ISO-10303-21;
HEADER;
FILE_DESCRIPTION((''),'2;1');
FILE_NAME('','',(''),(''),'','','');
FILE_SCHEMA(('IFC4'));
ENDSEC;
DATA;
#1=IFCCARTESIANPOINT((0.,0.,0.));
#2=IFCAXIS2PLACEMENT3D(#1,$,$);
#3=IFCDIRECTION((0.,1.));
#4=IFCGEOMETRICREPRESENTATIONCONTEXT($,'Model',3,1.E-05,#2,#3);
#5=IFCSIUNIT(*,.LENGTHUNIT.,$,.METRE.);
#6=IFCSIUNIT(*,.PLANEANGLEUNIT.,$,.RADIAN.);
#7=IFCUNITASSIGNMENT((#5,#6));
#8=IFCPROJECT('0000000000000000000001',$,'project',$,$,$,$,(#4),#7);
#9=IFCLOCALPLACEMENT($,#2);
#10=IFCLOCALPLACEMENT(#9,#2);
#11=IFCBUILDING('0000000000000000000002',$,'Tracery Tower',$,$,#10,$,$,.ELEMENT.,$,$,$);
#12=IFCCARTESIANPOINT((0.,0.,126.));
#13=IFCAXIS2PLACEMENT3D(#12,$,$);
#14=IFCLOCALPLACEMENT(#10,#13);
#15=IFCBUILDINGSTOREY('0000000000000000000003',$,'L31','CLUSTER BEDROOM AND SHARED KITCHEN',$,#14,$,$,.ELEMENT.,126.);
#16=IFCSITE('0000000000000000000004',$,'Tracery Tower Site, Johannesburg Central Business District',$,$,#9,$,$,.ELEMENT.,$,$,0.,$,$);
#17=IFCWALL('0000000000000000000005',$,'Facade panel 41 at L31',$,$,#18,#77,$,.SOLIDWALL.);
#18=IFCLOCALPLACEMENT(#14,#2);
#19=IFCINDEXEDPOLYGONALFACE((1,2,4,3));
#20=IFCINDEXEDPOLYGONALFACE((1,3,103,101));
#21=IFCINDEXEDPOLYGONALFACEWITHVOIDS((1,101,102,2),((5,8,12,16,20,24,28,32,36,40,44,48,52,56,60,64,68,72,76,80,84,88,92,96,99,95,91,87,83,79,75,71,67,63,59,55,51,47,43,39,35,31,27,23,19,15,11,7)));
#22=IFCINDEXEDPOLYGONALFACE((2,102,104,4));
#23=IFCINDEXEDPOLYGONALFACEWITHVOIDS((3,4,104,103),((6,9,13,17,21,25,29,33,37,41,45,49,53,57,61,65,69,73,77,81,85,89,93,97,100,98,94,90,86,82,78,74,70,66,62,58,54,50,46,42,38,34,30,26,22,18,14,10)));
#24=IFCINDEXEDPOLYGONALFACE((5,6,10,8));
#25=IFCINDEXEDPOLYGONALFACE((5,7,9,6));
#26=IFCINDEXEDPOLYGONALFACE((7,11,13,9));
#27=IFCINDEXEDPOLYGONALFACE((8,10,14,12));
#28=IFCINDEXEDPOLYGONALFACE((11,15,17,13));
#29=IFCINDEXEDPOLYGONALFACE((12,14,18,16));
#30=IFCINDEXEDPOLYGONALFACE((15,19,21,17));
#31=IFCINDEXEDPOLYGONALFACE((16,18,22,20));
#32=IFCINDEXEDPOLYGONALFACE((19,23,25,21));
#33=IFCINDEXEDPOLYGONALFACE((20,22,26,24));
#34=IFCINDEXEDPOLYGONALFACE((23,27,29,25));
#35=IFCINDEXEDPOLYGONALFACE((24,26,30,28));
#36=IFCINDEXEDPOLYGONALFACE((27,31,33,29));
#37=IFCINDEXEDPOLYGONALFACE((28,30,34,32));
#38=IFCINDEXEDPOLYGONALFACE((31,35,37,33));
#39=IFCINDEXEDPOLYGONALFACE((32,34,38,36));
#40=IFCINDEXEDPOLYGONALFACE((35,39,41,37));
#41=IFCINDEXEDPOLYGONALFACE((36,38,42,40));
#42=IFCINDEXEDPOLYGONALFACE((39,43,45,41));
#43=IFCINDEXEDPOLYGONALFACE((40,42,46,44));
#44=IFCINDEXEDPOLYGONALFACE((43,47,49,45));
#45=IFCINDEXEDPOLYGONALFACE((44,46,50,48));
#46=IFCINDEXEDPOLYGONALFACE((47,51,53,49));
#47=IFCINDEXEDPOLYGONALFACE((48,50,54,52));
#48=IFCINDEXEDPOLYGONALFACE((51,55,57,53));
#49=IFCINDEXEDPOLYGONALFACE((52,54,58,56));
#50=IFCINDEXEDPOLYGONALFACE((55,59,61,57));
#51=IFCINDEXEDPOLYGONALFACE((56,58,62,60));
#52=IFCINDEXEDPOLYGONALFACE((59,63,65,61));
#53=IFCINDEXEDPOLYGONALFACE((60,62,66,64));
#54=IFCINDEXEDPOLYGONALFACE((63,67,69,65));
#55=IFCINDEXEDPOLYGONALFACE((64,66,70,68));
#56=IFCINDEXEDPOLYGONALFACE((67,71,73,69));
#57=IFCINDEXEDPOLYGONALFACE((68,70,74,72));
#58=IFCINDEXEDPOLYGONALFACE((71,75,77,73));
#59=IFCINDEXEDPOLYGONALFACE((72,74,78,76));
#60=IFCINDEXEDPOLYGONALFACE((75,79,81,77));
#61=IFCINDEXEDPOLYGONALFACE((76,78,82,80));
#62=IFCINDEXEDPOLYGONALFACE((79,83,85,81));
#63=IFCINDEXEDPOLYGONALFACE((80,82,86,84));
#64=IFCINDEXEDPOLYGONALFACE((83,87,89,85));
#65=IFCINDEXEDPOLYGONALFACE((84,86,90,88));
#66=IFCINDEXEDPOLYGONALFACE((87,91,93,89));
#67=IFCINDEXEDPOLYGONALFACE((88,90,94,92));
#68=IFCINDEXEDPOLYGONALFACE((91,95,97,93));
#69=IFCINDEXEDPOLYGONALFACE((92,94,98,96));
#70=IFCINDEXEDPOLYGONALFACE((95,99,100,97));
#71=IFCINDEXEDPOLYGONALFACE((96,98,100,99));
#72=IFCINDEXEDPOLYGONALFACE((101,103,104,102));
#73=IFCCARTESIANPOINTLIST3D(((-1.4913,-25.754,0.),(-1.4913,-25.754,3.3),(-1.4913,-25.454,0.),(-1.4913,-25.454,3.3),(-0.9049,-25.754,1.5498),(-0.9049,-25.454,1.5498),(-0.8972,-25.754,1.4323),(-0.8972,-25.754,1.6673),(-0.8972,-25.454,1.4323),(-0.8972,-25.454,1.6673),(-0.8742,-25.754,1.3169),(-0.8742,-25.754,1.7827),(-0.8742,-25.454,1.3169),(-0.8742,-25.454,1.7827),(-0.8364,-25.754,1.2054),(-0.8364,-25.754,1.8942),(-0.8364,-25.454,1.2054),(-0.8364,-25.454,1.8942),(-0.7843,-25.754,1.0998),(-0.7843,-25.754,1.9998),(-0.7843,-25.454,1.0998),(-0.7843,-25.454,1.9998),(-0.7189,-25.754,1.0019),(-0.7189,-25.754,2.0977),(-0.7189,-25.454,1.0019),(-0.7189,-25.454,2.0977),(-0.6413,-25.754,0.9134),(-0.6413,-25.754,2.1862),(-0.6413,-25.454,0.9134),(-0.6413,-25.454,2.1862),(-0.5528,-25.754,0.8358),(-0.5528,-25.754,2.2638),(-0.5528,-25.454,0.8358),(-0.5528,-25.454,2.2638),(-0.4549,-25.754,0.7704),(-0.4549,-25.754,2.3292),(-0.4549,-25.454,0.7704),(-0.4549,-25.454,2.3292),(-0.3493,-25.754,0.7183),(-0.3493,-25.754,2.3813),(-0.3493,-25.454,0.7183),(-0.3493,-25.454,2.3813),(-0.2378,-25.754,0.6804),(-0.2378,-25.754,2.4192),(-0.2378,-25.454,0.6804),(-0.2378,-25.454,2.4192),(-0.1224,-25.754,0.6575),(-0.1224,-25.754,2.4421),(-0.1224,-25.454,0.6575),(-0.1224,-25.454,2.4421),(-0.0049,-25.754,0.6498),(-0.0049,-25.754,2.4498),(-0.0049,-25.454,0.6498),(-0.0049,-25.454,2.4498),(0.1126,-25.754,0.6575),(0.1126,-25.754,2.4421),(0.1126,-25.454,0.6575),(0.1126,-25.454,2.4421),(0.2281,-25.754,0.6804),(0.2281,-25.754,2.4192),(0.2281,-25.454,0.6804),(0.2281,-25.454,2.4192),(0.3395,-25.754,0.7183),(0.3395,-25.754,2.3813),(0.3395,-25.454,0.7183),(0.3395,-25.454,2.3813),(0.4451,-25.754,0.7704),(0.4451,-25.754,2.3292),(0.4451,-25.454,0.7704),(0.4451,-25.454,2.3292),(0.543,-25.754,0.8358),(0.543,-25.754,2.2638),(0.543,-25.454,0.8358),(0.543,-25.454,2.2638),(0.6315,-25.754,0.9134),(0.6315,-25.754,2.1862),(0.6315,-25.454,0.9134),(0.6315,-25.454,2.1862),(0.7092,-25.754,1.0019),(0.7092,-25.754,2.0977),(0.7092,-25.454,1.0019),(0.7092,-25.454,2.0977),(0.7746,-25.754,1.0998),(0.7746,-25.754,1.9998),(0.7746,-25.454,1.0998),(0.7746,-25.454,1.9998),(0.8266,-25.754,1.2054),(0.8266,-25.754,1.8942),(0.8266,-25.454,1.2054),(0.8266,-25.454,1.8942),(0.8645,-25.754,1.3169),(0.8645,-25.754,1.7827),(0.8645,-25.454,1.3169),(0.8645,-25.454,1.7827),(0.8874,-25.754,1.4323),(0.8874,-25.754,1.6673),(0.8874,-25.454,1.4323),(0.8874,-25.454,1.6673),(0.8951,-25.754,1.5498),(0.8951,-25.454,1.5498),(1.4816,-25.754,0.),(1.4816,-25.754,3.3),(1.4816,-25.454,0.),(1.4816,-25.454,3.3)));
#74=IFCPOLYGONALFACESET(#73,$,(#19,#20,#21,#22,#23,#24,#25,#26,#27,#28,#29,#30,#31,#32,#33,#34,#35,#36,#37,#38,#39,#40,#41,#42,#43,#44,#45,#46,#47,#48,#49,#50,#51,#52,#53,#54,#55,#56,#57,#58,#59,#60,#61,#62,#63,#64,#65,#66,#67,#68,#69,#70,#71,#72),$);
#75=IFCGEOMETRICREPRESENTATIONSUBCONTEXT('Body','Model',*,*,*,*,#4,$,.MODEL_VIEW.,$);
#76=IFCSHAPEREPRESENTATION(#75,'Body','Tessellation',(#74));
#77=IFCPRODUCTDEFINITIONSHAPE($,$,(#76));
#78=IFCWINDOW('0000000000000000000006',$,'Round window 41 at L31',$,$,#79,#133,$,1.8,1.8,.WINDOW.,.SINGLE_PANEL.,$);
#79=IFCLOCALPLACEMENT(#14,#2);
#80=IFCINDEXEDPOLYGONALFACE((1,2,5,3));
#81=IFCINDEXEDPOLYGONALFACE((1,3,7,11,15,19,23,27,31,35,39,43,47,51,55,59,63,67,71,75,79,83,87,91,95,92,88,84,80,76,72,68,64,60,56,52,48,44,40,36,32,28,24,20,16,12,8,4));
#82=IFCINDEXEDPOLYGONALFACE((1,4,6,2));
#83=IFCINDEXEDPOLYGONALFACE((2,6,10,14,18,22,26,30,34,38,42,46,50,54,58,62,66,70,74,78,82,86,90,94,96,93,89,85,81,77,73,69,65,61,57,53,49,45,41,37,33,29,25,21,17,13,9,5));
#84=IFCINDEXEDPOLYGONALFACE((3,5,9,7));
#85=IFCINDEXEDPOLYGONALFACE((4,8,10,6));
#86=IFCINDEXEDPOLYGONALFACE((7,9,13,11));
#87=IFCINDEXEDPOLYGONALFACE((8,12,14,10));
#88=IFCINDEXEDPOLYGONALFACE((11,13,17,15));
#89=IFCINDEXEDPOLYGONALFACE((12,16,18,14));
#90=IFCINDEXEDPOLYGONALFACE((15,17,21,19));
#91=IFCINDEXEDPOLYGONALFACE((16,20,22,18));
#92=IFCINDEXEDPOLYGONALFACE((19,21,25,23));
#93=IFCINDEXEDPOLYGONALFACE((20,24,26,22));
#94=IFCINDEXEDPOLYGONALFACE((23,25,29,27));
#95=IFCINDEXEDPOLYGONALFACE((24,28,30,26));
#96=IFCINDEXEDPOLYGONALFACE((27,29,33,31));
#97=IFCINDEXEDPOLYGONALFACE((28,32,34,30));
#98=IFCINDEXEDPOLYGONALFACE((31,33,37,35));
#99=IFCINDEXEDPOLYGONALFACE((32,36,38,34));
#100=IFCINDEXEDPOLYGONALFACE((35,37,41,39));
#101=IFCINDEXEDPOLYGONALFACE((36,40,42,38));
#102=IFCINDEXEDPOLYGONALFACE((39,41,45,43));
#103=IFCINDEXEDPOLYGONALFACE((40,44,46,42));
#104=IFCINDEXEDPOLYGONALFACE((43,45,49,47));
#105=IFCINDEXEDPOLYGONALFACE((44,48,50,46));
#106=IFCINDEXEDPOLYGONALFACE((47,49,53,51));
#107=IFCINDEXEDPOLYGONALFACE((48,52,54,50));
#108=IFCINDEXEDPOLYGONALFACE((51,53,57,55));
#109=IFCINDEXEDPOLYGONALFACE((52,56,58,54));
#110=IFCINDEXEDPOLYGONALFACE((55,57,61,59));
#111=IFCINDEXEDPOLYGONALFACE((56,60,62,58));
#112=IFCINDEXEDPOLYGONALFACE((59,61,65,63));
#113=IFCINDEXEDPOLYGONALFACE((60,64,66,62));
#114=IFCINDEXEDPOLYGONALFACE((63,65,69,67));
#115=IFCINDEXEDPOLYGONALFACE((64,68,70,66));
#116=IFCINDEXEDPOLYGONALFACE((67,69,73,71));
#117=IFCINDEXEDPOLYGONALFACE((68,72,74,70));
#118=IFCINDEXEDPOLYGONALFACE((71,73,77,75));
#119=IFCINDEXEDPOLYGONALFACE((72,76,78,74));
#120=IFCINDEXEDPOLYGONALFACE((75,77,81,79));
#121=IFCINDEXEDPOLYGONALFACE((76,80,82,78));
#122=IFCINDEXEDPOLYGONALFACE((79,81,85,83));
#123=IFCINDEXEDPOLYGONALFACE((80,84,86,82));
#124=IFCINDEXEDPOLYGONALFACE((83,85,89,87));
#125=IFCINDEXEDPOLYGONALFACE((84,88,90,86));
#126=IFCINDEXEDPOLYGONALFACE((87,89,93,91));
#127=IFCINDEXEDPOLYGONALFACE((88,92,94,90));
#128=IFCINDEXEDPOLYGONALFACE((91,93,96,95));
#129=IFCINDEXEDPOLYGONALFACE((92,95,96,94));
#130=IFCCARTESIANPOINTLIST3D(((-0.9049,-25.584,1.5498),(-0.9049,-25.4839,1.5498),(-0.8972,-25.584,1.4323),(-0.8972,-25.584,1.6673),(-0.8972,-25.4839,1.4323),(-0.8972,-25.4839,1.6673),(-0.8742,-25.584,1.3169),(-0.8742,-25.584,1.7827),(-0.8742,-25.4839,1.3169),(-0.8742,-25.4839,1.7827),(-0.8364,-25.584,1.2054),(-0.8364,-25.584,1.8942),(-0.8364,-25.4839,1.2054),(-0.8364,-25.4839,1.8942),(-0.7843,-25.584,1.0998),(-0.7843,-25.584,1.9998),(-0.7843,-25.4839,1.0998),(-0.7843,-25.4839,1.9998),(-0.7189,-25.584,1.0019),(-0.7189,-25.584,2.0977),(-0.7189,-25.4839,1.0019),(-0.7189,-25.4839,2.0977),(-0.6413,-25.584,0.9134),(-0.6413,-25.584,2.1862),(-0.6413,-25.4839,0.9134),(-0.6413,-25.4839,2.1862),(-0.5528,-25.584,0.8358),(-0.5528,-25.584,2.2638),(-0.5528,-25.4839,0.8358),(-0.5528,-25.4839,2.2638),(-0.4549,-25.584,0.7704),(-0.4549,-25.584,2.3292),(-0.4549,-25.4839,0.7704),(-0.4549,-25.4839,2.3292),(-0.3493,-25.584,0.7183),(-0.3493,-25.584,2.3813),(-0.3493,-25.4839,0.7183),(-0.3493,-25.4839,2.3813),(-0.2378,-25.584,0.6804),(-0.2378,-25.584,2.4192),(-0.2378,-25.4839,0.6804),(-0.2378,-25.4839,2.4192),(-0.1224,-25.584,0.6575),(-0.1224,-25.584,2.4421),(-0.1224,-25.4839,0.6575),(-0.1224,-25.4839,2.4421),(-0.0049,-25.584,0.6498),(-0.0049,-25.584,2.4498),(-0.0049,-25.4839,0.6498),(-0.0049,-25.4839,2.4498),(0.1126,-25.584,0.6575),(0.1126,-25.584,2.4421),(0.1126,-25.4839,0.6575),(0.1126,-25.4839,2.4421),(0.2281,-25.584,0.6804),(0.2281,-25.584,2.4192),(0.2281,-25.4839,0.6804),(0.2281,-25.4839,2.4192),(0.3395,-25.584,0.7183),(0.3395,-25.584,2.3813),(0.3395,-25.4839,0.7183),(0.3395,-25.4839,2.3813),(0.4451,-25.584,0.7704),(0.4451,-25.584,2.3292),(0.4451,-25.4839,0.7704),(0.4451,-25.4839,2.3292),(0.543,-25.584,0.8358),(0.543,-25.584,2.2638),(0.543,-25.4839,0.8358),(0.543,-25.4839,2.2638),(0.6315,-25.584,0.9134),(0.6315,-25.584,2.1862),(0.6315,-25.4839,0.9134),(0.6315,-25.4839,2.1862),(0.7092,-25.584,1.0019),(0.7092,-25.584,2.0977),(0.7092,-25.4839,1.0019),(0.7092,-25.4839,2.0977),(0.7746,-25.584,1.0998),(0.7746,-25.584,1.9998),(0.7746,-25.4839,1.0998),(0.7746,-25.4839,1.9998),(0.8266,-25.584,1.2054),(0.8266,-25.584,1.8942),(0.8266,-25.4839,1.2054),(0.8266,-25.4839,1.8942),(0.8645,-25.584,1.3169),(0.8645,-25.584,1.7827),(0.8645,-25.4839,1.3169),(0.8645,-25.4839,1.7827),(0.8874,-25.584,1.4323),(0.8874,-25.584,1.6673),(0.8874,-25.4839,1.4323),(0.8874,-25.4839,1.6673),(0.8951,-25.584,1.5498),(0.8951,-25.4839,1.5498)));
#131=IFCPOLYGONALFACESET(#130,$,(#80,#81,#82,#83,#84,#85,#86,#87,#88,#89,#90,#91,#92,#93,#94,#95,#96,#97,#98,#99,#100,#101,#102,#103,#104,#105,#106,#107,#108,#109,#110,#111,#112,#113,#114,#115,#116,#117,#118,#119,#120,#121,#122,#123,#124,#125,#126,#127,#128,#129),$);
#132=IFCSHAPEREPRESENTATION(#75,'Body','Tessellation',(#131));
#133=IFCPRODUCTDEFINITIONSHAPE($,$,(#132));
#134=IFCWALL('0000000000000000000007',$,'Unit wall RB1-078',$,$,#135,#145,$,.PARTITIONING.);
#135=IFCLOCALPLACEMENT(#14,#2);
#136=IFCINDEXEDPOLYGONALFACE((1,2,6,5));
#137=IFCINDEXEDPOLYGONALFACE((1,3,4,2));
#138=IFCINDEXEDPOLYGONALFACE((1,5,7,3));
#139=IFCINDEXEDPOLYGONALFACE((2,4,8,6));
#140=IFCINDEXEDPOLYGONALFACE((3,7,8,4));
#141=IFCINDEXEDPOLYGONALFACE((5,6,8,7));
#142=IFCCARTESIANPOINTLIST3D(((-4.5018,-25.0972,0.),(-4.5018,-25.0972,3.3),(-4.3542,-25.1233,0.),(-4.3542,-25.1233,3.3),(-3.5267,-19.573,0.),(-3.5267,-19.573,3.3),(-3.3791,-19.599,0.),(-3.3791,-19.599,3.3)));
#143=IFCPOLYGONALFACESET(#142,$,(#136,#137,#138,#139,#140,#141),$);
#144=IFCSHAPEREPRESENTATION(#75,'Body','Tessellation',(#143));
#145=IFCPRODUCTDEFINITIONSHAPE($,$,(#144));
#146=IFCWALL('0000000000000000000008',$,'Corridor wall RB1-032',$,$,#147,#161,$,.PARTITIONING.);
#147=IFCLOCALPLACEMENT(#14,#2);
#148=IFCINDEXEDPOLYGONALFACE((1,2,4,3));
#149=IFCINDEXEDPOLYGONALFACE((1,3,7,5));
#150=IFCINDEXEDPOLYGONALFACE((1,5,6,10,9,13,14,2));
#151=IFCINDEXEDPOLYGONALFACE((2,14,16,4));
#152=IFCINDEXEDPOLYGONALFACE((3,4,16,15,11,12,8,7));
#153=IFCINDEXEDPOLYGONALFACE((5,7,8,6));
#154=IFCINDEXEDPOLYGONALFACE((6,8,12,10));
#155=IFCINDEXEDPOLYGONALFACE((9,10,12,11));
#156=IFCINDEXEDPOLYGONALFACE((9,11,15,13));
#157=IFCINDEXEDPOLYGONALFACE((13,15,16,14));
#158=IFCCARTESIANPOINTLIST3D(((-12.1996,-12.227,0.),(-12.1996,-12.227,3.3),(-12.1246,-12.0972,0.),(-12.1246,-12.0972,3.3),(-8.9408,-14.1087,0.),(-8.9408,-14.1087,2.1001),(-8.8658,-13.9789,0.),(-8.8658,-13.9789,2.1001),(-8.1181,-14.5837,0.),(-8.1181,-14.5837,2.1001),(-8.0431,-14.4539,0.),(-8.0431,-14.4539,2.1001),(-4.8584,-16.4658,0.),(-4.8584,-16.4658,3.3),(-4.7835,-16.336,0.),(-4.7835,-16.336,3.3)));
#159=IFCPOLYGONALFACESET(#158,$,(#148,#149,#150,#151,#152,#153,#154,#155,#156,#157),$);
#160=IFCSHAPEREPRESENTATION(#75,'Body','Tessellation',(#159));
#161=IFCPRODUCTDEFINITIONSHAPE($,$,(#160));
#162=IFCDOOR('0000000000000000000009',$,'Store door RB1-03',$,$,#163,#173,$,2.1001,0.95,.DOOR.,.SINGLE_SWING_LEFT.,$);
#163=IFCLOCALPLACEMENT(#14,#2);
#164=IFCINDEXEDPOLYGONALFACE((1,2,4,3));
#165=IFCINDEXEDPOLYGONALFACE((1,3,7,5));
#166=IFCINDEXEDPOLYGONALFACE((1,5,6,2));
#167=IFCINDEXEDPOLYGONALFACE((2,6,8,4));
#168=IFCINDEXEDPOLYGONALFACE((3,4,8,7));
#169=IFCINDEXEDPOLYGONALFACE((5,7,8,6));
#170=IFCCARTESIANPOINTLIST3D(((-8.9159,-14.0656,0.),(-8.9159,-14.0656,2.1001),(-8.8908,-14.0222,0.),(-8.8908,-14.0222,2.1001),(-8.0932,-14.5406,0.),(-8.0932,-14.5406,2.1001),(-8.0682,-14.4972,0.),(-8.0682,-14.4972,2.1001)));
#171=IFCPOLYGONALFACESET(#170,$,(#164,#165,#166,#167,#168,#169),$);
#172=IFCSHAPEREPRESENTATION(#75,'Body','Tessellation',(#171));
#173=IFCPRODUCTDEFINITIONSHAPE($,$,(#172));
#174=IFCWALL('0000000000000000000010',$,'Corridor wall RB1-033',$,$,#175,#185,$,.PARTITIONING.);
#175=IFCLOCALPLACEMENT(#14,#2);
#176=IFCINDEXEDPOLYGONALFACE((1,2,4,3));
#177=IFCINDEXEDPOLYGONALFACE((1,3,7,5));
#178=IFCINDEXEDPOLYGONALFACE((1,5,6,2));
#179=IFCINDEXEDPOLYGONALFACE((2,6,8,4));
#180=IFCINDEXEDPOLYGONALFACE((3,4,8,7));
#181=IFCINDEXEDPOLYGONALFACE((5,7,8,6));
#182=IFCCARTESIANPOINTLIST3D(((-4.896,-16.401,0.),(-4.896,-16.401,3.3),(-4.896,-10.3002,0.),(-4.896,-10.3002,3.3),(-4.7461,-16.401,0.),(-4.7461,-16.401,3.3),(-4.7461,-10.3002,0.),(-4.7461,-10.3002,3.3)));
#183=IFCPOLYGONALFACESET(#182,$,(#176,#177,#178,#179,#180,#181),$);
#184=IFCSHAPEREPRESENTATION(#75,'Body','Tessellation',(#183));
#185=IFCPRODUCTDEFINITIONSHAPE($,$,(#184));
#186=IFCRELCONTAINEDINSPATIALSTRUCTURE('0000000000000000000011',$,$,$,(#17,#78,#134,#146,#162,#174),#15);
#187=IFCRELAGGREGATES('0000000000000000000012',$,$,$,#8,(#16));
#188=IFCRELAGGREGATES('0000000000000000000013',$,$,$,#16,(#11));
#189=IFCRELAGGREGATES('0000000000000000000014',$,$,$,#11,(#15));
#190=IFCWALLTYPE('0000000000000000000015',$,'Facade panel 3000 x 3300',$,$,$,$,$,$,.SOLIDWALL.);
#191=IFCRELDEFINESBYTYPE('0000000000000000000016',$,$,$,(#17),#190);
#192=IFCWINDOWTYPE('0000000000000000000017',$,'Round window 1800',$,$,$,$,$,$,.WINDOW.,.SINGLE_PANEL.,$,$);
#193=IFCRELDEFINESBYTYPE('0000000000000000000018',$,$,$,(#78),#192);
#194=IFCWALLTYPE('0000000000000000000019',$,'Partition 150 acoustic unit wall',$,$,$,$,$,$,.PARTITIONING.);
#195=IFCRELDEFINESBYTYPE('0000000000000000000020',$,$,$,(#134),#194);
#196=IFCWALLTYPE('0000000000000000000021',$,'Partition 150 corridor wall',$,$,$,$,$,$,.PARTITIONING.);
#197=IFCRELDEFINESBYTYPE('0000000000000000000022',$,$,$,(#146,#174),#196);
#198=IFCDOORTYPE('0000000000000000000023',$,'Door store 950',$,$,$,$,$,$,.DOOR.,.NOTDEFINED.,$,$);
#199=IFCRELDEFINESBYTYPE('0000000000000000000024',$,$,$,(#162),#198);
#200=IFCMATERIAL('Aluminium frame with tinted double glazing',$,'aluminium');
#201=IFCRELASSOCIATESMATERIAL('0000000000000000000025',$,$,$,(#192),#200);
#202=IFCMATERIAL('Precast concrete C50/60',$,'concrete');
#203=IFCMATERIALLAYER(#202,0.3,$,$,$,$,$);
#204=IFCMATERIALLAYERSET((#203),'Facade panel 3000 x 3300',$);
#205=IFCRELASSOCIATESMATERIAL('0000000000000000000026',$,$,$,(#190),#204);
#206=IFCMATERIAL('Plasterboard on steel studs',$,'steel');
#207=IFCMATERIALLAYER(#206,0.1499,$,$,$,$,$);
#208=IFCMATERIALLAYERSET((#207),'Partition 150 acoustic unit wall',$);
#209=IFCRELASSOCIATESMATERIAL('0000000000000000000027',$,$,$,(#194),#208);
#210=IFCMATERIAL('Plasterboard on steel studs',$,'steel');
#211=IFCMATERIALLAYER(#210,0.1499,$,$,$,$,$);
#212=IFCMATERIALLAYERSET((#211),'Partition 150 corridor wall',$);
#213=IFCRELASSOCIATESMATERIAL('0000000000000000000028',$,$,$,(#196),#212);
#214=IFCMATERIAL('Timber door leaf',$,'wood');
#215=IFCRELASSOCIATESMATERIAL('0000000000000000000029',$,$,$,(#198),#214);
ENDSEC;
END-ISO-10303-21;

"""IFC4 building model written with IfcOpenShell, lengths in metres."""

from ifc_helpers import new_model, si_unit, direction, frame, frame_2d, origin, origin_2d, place, context, subcontext, project, spatial, rectangle, circle, extrude, material, layer, layer_set, type_object, element, fill, save


model = new_model("IFC4")

# Units and contexts
model_context = context("Model", 3, precision=1e-05, world=origin(), true_north=direction((0.0, 1.0)))
body_context = subcontext(model_context, "Body", "Model", "MODEL_VIEW")
ifc_project = project(units=[si_unit("LENGTHUNIT", "METRE"), si_unit("PLANEANGLEUNIT", "RADIAN")], contexts=[model_context])

# Site, building, storey
site_placement = place(None, origin())
site = spatial("IfcSite", under=ifc_project, at=site_placement, Name="Tracery Tower Site, Johannesburg Central Business District", CompositionType="ELEMENT", RefElevation=0.0)
building_placement = place(site_placement, origin())
building = spatial("IfcBuilding", under=site, at=building_placement, Name="Tracery Tower", CompositionType="ELEMENT")
storey_placement = place(building_placement, frame((0.0, 0.0, 126.0)))
storey = spatial("IfcBuildingStorey", under=building, at=storey_placement, Name="L31", Description="CLUSTER BEDROOM AND SHARED KITCHEN", CompositionType="ELEMENT", Elevation=126.0)

# Wall, opening, window
ifc_material_1 = material(Name="Aluminium frame with tinted double glazing", Category="aluminium")
window_type = type_object("IfcWindowType", Name="Round window 1800", PartitioningType="SINGLE_PANEL", PredefinedType="WINDOW", material=ifc_material_1)
ifc_material_2 = material(Name="Precast concrete C50/60", Category="concrete")
ifc_layer_1 = layer(ifc_material_2, 0.3)
ifc_layer_set_1 = layer_set([ifc_layer_1], Name="Facade panel 3000 x 3300")
wall_type_1 = type_object("IfcWallType", Name="Facade panel 3000 x 3300", PredefinedType="SOLIDWALL", material=ifc_layer_set_1)
wall_1_placement = place(storey_placement, frame((-1.4912, -25.604, 0.0), z_axis=(0.0, 0.0, 1.0), x_axis=(1.0, 0.0, 0.0)))
wall_1 = element("IfcWall", 1, at=wall_1_placement, inside=storey, type_object=wall_type_1, Name="Facade panel 41 at L31", PredefinedType="SOLIDWALL", context=body_context, shape_type="SweptSolid", body=[
    extrude(rectangle(XDim=2.9729, YDim=0.3, at=frame_2d((1.4863, 0.0))), origin(), (0.0, 0.0, 1.0), 3.3),
])
opening_1_placement = place(wall_1_placement, frame((1.4863, 0.0, 1.5498)))
opening_1 = element("IfcOpeningElement", 2, at=opening_1_placement, cuts=wall_1, PredefinedType="OPENING", context=body_context, shape_type="SweptSolid", body=[
    extrude(circle(Radius=0.9, at=origin_2d()), frame((0.0, 0.1599, 0.0), z_axis=(0.0, -1.0, 0.0), x_axis=(1.0, 0.0, 0.0)), (0.0, 0.0, 1.0), 0.3201),
])
window_1_placement = place(opening_1_placement, origin())
window_1 = element("IfcWindow", 3, at=window_1_placement, inside=storey, type_object=window_type, Name="Round window 41 at L31", OverallHeight=1.8, OverallWidth=1.8, PartitioningType="SINGLE_PANEL", PredefinedType="WINDOW", context=body_context, shape_type="SweptSolid", body=[
    extrude(circle(Radius=0.9, at=origin_2d()), frame((0.0, 0.1201, 0.0), z_axis=(0.0, -1.0, 0.0), x_axis=(1.0, 0.0, 0.0)), (0.0, 0.0, 1.0), 0.1001),
])
fill(opening_1, window_1)

# Wall
ifc_material_3 = material(Name="Plasterboard on steel studs", Category="steel")
ifc_layer_2 = layer(ifc_material_3, 0.1499)
ifc_layer_set_2 = layer_set([ifc_layer_2], Name="Partition 150 acoustic unit wall")
wall_type_2 = type_object("IfcWallType", Name="Partition 150 acoustic unit wall", PredefinedType="PARTITIONING", material=ifc_layer_set_2)
wall_2_placement = place(storey_placement, frame((-4.428, -25.1101, 0.0), z_axis=(0.0, 0.0, 1.0), x_axis=(0.173828, 0.984776, 0.0)))
element("IfcWall", 4, at=wall_2_placement, inside=storey, type_object=wall_type_2, Name="Unit wall RB1-078", PredefinedType="PARTITIONING", context=body_context, shape_type="SweptSolid", body=[
    extrude(rectangle(XDim=5.6096, YDim=0.1499, at=frame_2d((2.8047, 0.0))), origin(), (0.0, 0.0, 1.0), 3.3),
])

# Wall, opening, door
ifc_material_4 = material(Name="Plasterboard on steel studs", Category="steel")
ifc_layer_3 = layer(ifc_material_4, 0.1499)
ifc_layer_set_3 = layer_set([ifc_layer_3], Name="Partition 150 corridor wall")
wall_type_3 = type_object("IfcWallType", Name="Partition 150 corridor wall", PredefinedType="PARTITIONING", material=ifc_layer_set_3)
wall_3_placement = place(storey_placement, frame((-12.1621, -12.1621, 0.0), z_axis=(0.0, 0.0, 1.0), x_axis=(0.866005, -0.500036, 0.0)))
wall_3 = element("IfcWall", 5, at=wall_3_placement, inside=storey, type_object=wall_type_3, Name="Corridor wall RB1-032", PredefinedType="PARTITIONING", context=body_context, shape_type="SweptSolid", body=[
    extrude(rectangle(XDim=8.4771, YDim=0.1499, at=frame_2d((4.2385, 0.0))), origin(), (0.0, 0.0, 1.0), 3.3),
])
opening_2_placement = place(wall_3_placement, frame((3.7629, 0.0, 0.0)))
opening_2 = element("IfcOpeningElement", 6, at=opening_2_placement, cuts=wall_3, PredefinedType="OPENING", context=body_context, shape_type="SweptSolid", body=[
    extrude(rectangle(XDim=0.95, YDim=2.1001, at=frame_2d((0.4751, 1.05))), frame((0.0, 0.075, 0.0), z_axis=(0.0, -1.0, 0.0), x_axis=(1.0, 0.0, 0.0)), (0.0, 0.0, 1.0), 0.1499),
])
ifc_material_5 = material(Name="Timber door leaf", Category="wood")
door_type_1 = type_object("IfcDoorType", Name="Door store 950", OperationType="NOTDEFINED", PredefinedType="DOOR", material=ifc_material_5)
door_1_placement = place(opening_2_placement, origin())
door_1 = element("IfcDoor", 7, at=door_1_placement, inside=storey, type_object=door_type_1, Name="Store door RB1-03", OperationType="SINGLE_SWING_LEFT", OverallHeight=2.1001, OverallWidth=0.95, PredefinedType="DOOR", context=body_context, shape_type="SweptSolid", body=[
    extrude(rectangle(XDim=0.95, YDim=2.1001, at=frame_2d((0.4751, 1.05))), frame((0.0, 0.0249, 0.0), z_axis=(0.0, -1.0, 0.0), x_axis=(1.0, 0.0, 0.0)), (0.0, 0.0, 1.0), 0.05),
])
fill(opening_2, door_1)

# Wall
wall_4_placement = place(storey_placement, frame((-4.821, -16.4009, 0.0), z_axis=(0.0, 0.0, 1.0), x_axis=(0.0, 1.0, 0.0)))
element("IfcWall", 8, at=wall_4_placement, inside=storey, type_object=wall_type_3, Name="Corridor wall RB1-033", PredefinedType="PARTITIONING", context=body_context, shape_type="SweptSolid", body=[
    extrude(rectangle(XDim=6.1008, YDim=0.1499, at=frame_2d((3.0503, 0.0))), origin(), (0.0, 0.0, 1.0), 3.3),
])

save(model, "model.ifc")
